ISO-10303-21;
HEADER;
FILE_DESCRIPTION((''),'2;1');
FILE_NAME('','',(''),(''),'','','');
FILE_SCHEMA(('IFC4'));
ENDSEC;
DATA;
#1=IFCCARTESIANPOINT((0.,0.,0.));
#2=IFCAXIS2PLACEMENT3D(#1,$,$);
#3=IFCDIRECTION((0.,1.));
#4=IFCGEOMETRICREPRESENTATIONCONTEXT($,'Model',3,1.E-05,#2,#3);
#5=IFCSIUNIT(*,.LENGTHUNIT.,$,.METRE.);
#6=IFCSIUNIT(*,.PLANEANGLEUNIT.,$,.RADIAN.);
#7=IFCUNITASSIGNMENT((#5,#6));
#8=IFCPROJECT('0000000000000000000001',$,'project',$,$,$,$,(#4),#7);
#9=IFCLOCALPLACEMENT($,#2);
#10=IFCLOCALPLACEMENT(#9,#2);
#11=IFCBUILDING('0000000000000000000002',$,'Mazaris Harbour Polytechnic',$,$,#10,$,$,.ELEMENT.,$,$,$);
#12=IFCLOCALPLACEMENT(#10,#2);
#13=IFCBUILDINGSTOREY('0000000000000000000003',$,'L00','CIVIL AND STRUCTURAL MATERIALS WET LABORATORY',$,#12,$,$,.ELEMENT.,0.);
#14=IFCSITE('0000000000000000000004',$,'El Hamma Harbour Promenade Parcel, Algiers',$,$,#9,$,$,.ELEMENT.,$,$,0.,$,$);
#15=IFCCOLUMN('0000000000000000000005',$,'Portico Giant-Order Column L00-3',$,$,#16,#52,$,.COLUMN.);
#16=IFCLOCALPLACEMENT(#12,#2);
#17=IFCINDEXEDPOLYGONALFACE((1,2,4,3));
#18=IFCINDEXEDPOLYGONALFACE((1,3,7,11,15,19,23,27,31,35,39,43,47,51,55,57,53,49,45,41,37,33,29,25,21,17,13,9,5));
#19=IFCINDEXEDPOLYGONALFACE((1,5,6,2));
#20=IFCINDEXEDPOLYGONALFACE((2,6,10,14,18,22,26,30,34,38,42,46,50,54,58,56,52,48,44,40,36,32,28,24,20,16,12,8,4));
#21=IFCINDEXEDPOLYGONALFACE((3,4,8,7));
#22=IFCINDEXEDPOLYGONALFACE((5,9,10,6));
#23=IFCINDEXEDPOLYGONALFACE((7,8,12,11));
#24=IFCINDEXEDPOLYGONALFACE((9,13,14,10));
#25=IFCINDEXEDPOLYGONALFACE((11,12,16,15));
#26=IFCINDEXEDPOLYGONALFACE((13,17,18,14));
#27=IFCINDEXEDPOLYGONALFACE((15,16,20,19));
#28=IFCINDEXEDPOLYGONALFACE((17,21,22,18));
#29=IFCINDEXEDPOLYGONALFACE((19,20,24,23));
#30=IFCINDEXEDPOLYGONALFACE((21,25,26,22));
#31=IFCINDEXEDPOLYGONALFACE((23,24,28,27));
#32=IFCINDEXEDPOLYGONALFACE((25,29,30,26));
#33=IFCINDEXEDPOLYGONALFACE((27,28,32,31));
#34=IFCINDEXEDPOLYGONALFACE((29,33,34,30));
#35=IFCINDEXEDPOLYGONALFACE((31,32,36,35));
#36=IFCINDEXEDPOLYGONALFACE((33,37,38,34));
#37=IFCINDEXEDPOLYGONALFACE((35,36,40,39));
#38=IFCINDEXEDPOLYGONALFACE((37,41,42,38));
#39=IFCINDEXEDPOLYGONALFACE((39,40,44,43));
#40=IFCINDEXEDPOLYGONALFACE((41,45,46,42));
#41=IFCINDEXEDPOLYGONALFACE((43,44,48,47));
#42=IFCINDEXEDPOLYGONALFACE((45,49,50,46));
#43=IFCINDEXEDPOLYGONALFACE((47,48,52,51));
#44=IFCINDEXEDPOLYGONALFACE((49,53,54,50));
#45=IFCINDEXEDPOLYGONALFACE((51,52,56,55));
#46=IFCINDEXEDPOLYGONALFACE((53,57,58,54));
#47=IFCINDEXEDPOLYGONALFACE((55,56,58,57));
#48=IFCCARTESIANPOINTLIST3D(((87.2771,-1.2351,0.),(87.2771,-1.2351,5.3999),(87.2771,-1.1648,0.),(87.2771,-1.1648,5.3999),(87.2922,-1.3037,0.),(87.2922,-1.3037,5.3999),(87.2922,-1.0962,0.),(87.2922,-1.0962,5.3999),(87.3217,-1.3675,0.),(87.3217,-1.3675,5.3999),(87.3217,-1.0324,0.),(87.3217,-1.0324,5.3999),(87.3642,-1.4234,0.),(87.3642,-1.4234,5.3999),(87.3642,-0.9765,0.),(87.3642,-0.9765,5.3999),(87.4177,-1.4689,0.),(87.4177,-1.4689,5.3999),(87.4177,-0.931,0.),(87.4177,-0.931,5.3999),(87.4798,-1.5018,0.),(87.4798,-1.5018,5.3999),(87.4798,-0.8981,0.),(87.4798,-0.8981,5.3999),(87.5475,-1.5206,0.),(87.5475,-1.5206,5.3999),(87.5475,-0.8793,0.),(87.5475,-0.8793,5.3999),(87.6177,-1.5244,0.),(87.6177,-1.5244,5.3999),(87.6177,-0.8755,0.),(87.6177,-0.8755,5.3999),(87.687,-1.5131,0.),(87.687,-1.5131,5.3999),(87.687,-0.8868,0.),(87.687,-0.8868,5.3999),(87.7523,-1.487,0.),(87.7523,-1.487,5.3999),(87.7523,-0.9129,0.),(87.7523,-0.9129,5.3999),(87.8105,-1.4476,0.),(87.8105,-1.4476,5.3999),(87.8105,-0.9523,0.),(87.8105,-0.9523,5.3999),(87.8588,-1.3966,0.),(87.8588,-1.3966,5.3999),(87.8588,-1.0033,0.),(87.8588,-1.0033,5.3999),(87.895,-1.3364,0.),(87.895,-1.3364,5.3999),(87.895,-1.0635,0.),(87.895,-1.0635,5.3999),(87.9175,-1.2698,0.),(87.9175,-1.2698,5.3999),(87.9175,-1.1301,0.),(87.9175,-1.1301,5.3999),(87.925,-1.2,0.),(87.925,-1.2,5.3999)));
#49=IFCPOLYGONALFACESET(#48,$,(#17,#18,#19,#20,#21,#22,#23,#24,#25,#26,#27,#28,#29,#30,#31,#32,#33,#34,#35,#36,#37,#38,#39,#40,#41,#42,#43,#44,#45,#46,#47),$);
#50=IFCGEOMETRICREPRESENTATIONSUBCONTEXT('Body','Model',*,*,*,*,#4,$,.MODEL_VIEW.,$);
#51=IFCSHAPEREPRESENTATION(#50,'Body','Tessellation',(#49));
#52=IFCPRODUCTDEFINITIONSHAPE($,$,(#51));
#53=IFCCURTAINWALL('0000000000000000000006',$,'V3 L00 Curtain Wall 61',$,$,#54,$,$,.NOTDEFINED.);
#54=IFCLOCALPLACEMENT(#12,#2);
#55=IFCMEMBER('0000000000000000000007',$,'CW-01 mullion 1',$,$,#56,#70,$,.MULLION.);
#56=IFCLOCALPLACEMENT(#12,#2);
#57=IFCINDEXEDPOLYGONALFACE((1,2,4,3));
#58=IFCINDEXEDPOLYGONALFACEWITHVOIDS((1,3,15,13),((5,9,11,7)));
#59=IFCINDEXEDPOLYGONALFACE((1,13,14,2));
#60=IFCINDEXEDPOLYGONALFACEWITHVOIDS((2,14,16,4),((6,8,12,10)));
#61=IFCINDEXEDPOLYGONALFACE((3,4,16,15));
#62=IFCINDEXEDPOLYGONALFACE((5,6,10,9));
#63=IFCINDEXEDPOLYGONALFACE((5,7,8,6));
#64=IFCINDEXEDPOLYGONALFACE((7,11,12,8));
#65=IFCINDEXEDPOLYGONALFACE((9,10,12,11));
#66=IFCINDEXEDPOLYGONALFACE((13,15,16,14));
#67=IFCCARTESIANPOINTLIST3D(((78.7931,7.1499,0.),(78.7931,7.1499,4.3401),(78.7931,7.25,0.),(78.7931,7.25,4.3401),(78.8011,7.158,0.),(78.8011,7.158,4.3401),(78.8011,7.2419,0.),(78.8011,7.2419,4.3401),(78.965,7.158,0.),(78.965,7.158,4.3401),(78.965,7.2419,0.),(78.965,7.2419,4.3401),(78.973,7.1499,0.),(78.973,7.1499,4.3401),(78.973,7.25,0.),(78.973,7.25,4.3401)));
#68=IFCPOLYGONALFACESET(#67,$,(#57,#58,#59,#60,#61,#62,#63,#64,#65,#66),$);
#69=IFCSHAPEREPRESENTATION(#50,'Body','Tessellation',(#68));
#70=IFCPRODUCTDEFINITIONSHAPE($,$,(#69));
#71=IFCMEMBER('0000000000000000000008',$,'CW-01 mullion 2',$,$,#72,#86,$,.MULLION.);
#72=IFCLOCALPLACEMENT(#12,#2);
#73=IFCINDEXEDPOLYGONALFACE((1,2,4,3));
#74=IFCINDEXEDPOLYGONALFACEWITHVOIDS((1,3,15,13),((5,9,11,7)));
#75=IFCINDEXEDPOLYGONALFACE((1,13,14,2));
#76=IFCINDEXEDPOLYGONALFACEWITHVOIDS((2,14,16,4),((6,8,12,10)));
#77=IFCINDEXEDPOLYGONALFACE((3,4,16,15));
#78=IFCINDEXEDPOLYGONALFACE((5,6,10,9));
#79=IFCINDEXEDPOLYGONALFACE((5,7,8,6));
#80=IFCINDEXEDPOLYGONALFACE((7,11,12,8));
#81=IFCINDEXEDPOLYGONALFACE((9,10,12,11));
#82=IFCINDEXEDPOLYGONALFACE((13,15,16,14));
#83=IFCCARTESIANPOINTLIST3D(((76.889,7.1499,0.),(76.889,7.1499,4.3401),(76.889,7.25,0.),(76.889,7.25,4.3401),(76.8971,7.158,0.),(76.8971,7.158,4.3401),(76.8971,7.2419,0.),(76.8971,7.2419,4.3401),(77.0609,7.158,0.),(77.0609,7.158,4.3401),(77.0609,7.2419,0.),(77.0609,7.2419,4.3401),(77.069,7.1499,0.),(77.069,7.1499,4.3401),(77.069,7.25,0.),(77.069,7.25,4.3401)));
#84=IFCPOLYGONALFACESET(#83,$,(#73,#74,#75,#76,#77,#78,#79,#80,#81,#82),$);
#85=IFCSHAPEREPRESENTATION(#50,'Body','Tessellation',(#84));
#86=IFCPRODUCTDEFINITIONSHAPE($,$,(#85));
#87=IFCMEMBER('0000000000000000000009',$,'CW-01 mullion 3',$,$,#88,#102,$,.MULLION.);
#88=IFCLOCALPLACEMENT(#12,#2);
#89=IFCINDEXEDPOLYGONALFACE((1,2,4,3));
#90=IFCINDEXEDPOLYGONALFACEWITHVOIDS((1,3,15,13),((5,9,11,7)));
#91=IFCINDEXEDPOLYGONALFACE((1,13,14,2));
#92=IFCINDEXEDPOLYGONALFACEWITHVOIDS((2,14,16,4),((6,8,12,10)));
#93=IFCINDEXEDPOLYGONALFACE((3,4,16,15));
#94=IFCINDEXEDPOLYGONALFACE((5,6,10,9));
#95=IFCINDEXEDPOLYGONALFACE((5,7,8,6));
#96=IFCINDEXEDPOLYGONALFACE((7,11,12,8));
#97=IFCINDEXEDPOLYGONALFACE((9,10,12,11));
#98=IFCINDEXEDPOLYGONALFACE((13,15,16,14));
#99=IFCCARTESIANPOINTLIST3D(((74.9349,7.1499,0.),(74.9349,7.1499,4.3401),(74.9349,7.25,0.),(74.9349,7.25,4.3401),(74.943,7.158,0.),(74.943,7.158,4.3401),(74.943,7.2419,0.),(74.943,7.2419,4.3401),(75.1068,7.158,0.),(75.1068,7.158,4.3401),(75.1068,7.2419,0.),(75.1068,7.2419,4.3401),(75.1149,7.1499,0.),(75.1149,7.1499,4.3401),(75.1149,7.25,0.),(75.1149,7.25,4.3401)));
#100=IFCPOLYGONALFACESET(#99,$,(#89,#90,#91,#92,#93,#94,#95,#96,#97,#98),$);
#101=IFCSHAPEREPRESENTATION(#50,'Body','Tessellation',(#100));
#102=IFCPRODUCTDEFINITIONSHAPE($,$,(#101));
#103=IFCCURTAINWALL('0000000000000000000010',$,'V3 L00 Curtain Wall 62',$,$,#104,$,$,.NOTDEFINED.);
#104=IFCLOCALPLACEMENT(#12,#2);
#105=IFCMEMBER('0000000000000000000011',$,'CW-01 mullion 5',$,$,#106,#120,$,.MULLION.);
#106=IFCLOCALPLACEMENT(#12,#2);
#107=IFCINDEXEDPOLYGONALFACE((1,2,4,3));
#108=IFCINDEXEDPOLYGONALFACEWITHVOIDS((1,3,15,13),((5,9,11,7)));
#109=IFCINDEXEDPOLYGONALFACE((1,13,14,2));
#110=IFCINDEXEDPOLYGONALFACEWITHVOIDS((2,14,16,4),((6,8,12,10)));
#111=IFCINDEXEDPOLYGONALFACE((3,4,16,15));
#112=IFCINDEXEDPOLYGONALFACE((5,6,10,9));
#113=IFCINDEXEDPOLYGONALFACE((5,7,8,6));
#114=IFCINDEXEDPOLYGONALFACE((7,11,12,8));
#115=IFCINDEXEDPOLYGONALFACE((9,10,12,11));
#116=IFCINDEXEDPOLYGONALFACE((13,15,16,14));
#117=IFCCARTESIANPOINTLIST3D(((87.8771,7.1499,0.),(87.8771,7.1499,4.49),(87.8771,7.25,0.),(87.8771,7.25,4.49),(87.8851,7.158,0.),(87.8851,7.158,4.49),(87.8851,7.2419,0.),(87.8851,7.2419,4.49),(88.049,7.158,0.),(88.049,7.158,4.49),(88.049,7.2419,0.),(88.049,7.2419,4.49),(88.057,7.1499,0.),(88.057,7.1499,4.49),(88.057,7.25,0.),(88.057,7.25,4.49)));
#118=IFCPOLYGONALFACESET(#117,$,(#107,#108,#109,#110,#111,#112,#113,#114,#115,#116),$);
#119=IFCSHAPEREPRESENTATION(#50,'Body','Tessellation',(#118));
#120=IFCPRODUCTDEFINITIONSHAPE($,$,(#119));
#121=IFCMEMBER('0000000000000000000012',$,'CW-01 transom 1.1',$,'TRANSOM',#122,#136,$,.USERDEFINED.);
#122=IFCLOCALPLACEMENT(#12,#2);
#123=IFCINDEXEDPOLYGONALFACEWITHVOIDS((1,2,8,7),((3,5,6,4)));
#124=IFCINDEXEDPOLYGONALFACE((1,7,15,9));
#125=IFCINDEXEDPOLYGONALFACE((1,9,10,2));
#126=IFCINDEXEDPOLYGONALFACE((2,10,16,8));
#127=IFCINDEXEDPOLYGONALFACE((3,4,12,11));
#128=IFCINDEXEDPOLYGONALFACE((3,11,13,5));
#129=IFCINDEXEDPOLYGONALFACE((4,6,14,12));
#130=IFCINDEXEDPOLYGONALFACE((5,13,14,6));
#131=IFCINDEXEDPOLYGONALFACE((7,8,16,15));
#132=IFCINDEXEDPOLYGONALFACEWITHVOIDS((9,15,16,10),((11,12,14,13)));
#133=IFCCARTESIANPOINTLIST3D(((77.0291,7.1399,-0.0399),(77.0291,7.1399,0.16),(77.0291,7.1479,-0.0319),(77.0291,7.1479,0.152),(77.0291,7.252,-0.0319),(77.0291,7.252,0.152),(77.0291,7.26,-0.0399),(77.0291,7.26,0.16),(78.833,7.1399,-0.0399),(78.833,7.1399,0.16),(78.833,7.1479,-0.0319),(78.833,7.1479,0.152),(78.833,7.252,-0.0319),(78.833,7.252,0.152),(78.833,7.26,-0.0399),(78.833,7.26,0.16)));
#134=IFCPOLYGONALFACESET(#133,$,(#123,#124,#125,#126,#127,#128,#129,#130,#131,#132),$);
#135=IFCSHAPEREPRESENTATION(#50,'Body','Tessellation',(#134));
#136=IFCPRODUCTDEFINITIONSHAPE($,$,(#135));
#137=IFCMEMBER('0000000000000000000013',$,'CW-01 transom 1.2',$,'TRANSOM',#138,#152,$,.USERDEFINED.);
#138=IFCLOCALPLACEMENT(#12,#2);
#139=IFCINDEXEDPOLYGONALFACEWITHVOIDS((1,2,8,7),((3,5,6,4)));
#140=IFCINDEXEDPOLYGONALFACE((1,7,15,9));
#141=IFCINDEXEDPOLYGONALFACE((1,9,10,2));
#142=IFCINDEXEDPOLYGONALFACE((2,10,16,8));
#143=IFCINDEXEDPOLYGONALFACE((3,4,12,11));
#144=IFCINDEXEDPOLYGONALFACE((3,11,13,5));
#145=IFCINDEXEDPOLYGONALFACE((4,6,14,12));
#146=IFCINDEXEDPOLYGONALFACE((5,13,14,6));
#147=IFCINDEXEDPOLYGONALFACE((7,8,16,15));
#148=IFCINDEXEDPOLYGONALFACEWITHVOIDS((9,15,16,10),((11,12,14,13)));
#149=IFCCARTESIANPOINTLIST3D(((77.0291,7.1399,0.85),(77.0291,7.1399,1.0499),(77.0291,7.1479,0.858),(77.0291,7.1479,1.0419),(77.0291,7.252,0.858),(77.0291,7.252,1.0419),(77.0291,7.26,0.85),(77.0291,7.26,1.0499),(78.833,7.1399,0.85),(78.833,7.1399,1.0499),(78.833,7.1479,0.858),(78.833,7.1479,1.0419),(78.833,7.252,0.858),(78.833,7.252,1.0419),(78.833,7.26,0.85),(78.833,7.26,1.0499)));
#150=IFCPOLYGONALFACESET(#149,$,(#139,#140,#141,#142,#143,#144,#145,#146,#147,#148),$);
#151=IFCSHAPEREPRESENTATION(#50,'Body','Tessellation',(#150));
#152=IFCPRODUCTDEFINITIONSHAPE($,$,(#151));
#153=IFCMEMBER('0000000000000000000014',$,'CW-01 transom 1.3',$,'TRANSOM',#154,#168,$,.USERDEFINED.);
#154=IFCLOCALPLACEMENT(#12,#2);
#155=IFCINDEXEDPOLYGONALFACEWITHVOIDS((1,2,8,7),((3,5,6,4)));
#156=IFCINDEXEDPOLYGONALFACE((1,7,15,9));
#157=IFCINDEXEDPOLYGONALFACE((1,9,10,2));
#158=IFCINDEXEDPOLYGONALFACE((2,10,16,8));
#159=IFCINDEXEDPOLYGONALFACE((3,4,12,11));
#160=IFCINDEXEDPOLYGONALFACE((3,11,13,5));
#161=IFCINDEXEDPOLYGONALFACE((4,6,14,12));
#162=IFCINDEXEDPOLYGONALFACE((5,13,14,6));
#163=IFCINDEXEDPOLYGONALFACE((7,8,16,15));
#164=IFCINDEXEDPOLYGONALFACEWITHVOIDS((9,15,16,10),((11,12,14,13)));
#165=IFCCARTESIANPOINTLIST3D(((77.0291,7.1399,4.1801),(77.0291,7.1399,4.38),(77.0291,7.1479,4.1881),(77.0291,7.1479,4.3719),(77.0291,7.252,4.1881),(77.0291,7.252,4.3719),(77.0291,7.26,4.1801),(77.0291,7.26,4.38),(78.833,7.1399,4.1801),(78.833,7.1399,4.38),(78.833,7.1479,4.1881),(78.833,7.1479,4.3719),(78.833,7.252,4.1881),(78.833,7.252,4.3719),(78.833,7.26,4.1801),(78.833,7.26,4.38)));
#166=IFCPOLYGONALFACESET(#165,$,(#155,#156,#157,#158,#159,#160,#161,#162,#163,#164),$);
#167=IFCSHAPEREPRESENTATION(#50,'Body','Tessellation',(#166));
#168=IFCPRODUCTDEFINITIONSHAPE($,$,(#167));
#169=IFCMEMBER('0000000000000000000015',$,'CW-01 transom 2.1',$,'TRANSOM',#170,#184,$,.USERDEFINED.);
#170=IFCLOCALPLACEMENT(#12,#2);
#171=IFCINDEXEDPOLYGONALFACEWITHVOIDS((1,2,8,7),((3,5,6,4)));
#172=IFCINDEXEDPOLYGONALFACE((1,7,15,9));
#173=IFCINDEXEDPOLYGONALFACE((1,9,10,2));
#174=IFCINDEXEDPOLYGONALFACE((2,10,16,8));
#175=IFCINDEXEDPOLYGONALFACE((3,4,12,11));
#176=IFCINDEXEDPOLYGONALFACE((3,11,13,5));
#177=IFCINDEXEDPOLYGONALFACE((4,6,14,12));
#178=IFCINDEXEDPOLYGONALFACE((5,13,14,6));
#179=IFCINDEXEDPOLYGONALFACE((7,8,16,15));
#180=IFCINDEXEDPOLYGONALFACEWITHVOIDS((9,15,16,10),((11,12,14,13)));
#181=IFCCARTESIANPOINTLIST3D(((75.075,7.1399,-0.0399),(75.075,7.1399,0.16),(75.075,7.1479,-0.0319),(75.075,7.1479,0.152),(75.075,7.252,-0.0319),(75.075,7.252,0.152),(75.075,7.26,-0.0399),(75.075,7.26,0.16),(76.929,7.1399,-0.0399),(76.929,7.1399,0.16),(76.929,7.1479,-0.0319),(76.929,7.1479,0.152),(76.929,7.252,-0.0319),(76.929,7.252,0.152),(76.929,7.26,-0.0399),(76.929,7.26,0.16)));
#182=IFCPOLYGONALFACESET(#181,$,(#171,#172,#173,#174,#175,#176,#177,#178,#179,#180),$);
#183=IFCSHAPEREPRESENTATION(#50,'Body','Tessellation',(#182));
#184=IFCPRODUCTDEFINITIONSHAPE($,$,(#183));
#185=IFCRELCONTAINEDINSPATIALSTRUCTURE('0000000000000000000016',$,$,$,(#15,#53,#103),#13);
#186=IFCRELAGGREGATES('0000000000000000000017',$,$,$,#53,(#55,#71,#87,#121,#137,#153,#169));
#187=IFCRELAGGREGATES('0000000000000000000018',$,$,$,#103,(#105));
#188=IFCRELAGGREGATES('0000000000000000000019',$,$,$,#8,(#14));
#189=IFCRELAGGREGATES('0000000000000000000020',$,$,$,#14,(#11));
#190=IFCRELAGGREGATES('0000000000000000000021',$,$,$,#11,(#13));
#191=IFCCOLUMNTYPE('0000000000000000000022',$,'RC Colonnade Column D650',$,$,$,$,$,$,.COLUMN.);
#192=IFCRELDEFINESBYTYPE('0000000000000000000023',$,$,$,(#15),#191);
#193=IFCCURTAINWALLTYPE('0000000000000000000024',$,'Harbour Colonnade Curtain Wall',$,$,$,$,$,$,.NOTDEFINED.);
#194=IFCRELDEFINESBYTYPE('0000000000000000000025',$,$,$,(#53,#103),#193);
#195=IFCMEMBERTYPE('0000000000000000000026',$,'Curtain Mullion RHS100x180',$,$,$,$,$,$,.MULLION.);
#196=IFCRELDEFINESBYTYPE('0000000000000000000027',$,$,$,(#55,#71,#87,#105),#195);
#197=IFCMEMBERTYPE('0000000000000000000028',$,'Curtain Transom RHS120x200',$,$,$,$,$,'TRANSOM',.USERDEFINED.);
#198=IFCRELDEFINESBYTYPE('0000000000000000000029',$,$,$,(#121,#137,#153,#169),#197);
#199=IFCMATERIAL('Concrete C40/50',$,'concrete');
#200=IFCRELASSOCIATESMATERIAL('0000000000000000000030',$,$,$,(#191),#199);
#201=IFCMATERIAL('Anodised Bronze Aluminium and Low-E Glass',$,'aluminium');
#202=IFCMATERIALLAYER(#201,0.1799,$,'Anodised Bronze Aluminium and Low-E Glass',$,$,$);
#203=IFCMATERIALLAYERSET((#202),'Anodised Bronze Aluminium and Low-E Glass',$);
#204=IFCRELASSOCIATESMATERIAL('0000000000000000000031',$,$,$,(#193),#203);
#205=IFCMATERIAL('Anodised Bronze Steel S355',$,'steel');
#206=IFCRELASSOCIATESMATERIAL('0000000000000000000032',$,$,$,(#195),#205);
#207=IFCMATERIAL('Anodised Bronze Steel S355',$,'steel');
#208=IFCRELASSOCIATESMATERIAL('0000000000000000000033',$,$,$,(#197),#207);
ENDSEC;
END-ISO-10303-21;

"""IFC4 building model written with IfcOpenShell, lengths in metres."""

from ifc_helpers import new_model, si_unit, direction, frame, origin, origin_2d, place, context, subcontext, project, spatial, hollow_rectangle, circle, extrude, material, layer, layer_set, material_profile, profile_set, type_object, element, aggregate, save


model = new_model("IFC4")

# Units and contexts
model_context = context("Model", 3, precision=1e-05, world=origin(), true_north=direction((0.0, 1.0)))
body_context = subcontext(model_context, "Body", "Model", "MODEL_VIEW")
ifc_project = project(units=[si_unit("LENGTHUNIT", "METRE"), si_unit("PLANEANGLEUNIT", "RADIAN")], contexts=[model_context])

# Site, building, storey
site_placement = place(None, origin())
site = spatial("IfcSite", under=ifc_project, at=site_placement, Name="El Hamma Harbour Promenade Parcel, Algiers", CompositionType="ELEMENT", RefElevation=0.0)
building_placement = place(site_placement, origin())
building = spatial("IfcBuilding", under=site, at=building_placement, Name="Mazaris Harbour Polytechnic", CompositionType="ELEMENT")
storey_placement = place(building_placement, origin())
storey = spatial("IfcBuildingStorey", under=building, at=storey_placement, Name="L00", Description="CIVIL AND STRUCTURAL MATERIALS WET LABORATORY", CompositionType="ELEMENT", Elevation=0.0)

# Column
ifc_material_1 = material(Name="Concrete C40/50", Category="concrete")
ifc_material_profile_1 = material_profile(ifc_material_1, circle(Radius=0.325, at=origin_2d()), Name="DIA650")
ifc_profile_set_1 = profile_set([ifc_material_profile_1], Name="Concrete C40/50")
column_type_1 = type_object("IfcColumnType", Name="RC Colonnade Column D650", PredefinedType="COLUMN", material=ifc_profile_set_1)
for number, where, z_axis, x_axis, name in (
    (1, (87.6001, -1.2, 0.0), (0.0, 0.0, 1.0), (1.0, 0.0, 0.0), "Portico Giant-Order Column L00-3"),
):
    element("IfcColumn", number, at=place(storey_placement, frame(where, z_axis=z_axis, x_axis=x_axis)), inside=storey, type_object=column_type_1, Name=name, PredefinedType="COLUMN", context=body_context, shape_type="SweptSolid", body=[
        extrude(circle(Radius=0.325, at=origin_2d()), origin(), (0.0, 0.0, 1.0), 5.3999),
    ])

# Curtain wall, members
ifc_material_2 = material(Name="Anodised Bronze Aluminium and Low-E Glass", Category="aluminium")
ifc_layer_1 = layer(ifc_material_2, 0.1799, Name="Anodised Bronze Aluminium and Low-E Glass")
ifc_layer_set_1 = layer_set([ifc_layer_1], Name="Anodised Bronze Aluminium and Low-E Glass")
curtain_wall_type = type_object("IfcCurtainWallType", Name="Harbour Colonnade Curtain Wall", PredefinedType="NOTDEFINED", material=ifc_layer_set_1)
curtain_wall_1_placement = place(storey_placement, origin())
curtain_wall_1 = element("IfcCurtainWall", 2, at=curtain_wall_1_placement, inside=storey, type_object=curtain_wall_type, Name="V3 L00 Curtain Wall 61", PredefinedType="NOTDEFINED")
ifc_material_3 = material(Name="Anodised Bronze Steel S355", Category="steel")
ifc_material_profile_2 = material_profile(ifc_material_3, hollow_rectangle(XDim=0.1001, YDim=0.1799, WallThickness=0.0081, at=origin_2d()), Name="RHS 100x180x8.0")
ifc_profile_set_2 = profile_set([ifc_material_profile_2], Name="Anodised Bronze Steel S355")
member_type_1 = type_object("IfcMemberType", Name="Curtain Mullion RHS100x180", PredefinedType="MULLION", material=ifc_profile_set_2)
member_1_placement = place(storey_placement, frame((78.8831, 7.2, 0.0), z_axis=(0.0, 0.0, 1.0), x_axis=(0.0, -1.0, 0.0)))
member_1 = element("IfcMember", 3, at=member_1_placement, type_object=member_type_1, Name="CW-01 mullion 1", PredefinedType="MULLION", context=body_context, shape_type="SweptSolid", body=[
    extrude(hollow_rectangle(XDim=0.1001, YDim=0.1799, WallThickness=0.0081, at=origin_2d()), origin(), (0.0, 0.0, 1.0), 4.3401),
])
member_2_placement = place(storey_placement, frame((76.979, 7.2, 0.0), z_axis=(0.0, 0.0, 1.0), x_axis=(0.0, -1.0, 0.0)))
member_2 = element("IfcMember", 4, at=member_2_placement, type_object=member_type_1, Name="CW-01 mullion 2", PredefinedType="MULLION", context=body_context, shape_type="SweptSolid", body=[
    extrude(hollow_rectangle(XDim=0.1001, YDim=0.1799, WallThickness=0.0081, at=origin_2d()), origin(), (0.0, 0.0, 1.0), 4.3401),
])
member_3_placement = place(storey_placement, frame((75.0249, 7.2, 0.0), z_axis=(0.0, 0.0, 1.0), x_axis=(0.0, -1.0, 0.0)))
member_3 = element("IfcMember", 5, at=member_3_placement, type_object=member_type_1, Name="CW-01 mullion 3", PredefinedType="MULLION", context=body_context, shape_type="SweptSolid", body=[
    extrude(hollow_rectangle(XDim=0.1001, YDim=0.1799, WallThickness=0.0081, at=origin_2d()), origin(), (0.0, 0.0, 1.0), 4.3401),
])

# Curtain wall, member
curtain_wall_2_placement = place(storey_placement, origin())
curtain_wall_2 = element("IfcCurtainWall", 6, at=curtain_wall_2_placement, inside=storey, type_object=curtain_wall_type, Name="V3 L00 Curtain Wall 62", PredefinedType="NOTDEFINED")
member_4_placement = place(storey_placement, frame((87.967, 7.2, 0.0), z_axis=(0.0, 0.0, 1.0), x_axis=(0.0, -1.0, 0.0)))
member_4 = element("IfcMember", 7, at=member_4_placement, type_object=member_type_1, Name="CW-01 mullion 5", PredefinedType="MULLION", context=body_context, shape_type="SweptSolid", body=[
    extrude(hollow_rectangle(XDim=0.1001, YDim=0.1799, WallThickness=0.0081, at=origin_2d()), origin(), (0.0, 0.0, 1.0), 4.49),
])

# Members
ifc_material_4 = material(Name="Anodised Bronze Steel S355", Category="steel")
ifc_material_profile_3 = material_profile(ifc_material_4, hollow_rectangle(XDim=0.1201, YDim=0.2, WallThickness=0.0081, at=origin_2d()), Name="RHS 120x200x8.0")
ifc_profile_set_3 = profile_set([ifc_material_profile_3], Name="Anodised Bronze Steel S355")
member_type_2 = type_object("IfcMemberType", Name="Curtain Transom RHS120x200", ElementType="TRANSOM", PredefinedType="USERDEFINED", material=ifc_profile_set_3)
member_5_placement = place(storey_placement, frame((78.833, 7.2, 0.0601), z_axis=(-1.0, 0.0, 0.0), x_axis=(0.0, -1.0, 0.0)))
member_5 = element("IfcMember", 8, at=member_5_placement, type_object=member_type_2, Name="CW-01 transom 1.1", ObjectType="TRANSOM", PredefinedType="USERDEFINED", context=body_context, shape_type="SweptSolid", body=[
    extrude(hollow_rectangle(XDim=0.1201, YDim=0.2, WallThickness=0.0081, at=origin_2d()), origin(), (0.0, 0.0, 1.0), 1.804),
])
member_6_placement = place(storey_placement, frame((78.833, 7.2, 0.95), z_axis=(-1.0, 0.0, 0.0), x_axis=(0.0, -1.0, 0.0)))
member_6 = element("IfcMember", 9, at=member_6_placement, type_object=member_type_2, Name="CW-01 transom 1.2", ObjectType="TRANSOM", PredefinedType="USERDEFINED", context=body_context, shape_type="SweptSolid", body=[
    extrude(hollow_rectangle(XDim=0.1201, YDim=0.2, WallThickness=0.0081, at=origin_2d()), origin(), (0.0, 0.0, 1.0), 1.804),
])
member_7_placement = place(storey_placement, frame((78.833, 7.2, 4.28), z_axis=(-1.0, 0.0, 0.0), x_axis=(0.0, -1.0, 0.0)))
member_7 = element("IfcMember", 10, at=member_7_placement, type_object=member_type_2, Name="CW-01 transom 1.3", ObjectType="TRANSOM", PredefinedType="USERDEFINED", context=body_context, shape_type="SweptSolid", body=[
    extrude(hollow_rectangle(XDim=0.1201, YDim=0.2, WallThickness=0.0081, at=origin_2d()), origin(), (0.0, 0.0, 1.0), 1.804),
])
member_8_placement = place(storey_placement, frame((76.929, 7.2, 0.0601), z_axis=(-1.0, 0.0, 0.0), x_axis=(0.0, -1.0, 0.0)))
member_8 = element("IfcMember", 11, at=member_8_placement, type_object=member_type_2, Name="CW-01 transom 2.1", ObjectType="TRANSOM", PredefinedType="USERDEFINED", context=body_context, shape_type="SweptSolid", body=[
    extrude(hollow_rectangle(XDim=0.1201, YDim=0.2, WallThickness=0.0081, at=origin_2d()), origin(), (0.0, 0.0, 1.0), 1.854),
])

aggregate(curtain_wall_1, [member_1, member_2, member_3, member_5, member_6, member_7, member_8])
aggregate(curtain_wall_2, [member_4])

save(model, "model.ifc")
